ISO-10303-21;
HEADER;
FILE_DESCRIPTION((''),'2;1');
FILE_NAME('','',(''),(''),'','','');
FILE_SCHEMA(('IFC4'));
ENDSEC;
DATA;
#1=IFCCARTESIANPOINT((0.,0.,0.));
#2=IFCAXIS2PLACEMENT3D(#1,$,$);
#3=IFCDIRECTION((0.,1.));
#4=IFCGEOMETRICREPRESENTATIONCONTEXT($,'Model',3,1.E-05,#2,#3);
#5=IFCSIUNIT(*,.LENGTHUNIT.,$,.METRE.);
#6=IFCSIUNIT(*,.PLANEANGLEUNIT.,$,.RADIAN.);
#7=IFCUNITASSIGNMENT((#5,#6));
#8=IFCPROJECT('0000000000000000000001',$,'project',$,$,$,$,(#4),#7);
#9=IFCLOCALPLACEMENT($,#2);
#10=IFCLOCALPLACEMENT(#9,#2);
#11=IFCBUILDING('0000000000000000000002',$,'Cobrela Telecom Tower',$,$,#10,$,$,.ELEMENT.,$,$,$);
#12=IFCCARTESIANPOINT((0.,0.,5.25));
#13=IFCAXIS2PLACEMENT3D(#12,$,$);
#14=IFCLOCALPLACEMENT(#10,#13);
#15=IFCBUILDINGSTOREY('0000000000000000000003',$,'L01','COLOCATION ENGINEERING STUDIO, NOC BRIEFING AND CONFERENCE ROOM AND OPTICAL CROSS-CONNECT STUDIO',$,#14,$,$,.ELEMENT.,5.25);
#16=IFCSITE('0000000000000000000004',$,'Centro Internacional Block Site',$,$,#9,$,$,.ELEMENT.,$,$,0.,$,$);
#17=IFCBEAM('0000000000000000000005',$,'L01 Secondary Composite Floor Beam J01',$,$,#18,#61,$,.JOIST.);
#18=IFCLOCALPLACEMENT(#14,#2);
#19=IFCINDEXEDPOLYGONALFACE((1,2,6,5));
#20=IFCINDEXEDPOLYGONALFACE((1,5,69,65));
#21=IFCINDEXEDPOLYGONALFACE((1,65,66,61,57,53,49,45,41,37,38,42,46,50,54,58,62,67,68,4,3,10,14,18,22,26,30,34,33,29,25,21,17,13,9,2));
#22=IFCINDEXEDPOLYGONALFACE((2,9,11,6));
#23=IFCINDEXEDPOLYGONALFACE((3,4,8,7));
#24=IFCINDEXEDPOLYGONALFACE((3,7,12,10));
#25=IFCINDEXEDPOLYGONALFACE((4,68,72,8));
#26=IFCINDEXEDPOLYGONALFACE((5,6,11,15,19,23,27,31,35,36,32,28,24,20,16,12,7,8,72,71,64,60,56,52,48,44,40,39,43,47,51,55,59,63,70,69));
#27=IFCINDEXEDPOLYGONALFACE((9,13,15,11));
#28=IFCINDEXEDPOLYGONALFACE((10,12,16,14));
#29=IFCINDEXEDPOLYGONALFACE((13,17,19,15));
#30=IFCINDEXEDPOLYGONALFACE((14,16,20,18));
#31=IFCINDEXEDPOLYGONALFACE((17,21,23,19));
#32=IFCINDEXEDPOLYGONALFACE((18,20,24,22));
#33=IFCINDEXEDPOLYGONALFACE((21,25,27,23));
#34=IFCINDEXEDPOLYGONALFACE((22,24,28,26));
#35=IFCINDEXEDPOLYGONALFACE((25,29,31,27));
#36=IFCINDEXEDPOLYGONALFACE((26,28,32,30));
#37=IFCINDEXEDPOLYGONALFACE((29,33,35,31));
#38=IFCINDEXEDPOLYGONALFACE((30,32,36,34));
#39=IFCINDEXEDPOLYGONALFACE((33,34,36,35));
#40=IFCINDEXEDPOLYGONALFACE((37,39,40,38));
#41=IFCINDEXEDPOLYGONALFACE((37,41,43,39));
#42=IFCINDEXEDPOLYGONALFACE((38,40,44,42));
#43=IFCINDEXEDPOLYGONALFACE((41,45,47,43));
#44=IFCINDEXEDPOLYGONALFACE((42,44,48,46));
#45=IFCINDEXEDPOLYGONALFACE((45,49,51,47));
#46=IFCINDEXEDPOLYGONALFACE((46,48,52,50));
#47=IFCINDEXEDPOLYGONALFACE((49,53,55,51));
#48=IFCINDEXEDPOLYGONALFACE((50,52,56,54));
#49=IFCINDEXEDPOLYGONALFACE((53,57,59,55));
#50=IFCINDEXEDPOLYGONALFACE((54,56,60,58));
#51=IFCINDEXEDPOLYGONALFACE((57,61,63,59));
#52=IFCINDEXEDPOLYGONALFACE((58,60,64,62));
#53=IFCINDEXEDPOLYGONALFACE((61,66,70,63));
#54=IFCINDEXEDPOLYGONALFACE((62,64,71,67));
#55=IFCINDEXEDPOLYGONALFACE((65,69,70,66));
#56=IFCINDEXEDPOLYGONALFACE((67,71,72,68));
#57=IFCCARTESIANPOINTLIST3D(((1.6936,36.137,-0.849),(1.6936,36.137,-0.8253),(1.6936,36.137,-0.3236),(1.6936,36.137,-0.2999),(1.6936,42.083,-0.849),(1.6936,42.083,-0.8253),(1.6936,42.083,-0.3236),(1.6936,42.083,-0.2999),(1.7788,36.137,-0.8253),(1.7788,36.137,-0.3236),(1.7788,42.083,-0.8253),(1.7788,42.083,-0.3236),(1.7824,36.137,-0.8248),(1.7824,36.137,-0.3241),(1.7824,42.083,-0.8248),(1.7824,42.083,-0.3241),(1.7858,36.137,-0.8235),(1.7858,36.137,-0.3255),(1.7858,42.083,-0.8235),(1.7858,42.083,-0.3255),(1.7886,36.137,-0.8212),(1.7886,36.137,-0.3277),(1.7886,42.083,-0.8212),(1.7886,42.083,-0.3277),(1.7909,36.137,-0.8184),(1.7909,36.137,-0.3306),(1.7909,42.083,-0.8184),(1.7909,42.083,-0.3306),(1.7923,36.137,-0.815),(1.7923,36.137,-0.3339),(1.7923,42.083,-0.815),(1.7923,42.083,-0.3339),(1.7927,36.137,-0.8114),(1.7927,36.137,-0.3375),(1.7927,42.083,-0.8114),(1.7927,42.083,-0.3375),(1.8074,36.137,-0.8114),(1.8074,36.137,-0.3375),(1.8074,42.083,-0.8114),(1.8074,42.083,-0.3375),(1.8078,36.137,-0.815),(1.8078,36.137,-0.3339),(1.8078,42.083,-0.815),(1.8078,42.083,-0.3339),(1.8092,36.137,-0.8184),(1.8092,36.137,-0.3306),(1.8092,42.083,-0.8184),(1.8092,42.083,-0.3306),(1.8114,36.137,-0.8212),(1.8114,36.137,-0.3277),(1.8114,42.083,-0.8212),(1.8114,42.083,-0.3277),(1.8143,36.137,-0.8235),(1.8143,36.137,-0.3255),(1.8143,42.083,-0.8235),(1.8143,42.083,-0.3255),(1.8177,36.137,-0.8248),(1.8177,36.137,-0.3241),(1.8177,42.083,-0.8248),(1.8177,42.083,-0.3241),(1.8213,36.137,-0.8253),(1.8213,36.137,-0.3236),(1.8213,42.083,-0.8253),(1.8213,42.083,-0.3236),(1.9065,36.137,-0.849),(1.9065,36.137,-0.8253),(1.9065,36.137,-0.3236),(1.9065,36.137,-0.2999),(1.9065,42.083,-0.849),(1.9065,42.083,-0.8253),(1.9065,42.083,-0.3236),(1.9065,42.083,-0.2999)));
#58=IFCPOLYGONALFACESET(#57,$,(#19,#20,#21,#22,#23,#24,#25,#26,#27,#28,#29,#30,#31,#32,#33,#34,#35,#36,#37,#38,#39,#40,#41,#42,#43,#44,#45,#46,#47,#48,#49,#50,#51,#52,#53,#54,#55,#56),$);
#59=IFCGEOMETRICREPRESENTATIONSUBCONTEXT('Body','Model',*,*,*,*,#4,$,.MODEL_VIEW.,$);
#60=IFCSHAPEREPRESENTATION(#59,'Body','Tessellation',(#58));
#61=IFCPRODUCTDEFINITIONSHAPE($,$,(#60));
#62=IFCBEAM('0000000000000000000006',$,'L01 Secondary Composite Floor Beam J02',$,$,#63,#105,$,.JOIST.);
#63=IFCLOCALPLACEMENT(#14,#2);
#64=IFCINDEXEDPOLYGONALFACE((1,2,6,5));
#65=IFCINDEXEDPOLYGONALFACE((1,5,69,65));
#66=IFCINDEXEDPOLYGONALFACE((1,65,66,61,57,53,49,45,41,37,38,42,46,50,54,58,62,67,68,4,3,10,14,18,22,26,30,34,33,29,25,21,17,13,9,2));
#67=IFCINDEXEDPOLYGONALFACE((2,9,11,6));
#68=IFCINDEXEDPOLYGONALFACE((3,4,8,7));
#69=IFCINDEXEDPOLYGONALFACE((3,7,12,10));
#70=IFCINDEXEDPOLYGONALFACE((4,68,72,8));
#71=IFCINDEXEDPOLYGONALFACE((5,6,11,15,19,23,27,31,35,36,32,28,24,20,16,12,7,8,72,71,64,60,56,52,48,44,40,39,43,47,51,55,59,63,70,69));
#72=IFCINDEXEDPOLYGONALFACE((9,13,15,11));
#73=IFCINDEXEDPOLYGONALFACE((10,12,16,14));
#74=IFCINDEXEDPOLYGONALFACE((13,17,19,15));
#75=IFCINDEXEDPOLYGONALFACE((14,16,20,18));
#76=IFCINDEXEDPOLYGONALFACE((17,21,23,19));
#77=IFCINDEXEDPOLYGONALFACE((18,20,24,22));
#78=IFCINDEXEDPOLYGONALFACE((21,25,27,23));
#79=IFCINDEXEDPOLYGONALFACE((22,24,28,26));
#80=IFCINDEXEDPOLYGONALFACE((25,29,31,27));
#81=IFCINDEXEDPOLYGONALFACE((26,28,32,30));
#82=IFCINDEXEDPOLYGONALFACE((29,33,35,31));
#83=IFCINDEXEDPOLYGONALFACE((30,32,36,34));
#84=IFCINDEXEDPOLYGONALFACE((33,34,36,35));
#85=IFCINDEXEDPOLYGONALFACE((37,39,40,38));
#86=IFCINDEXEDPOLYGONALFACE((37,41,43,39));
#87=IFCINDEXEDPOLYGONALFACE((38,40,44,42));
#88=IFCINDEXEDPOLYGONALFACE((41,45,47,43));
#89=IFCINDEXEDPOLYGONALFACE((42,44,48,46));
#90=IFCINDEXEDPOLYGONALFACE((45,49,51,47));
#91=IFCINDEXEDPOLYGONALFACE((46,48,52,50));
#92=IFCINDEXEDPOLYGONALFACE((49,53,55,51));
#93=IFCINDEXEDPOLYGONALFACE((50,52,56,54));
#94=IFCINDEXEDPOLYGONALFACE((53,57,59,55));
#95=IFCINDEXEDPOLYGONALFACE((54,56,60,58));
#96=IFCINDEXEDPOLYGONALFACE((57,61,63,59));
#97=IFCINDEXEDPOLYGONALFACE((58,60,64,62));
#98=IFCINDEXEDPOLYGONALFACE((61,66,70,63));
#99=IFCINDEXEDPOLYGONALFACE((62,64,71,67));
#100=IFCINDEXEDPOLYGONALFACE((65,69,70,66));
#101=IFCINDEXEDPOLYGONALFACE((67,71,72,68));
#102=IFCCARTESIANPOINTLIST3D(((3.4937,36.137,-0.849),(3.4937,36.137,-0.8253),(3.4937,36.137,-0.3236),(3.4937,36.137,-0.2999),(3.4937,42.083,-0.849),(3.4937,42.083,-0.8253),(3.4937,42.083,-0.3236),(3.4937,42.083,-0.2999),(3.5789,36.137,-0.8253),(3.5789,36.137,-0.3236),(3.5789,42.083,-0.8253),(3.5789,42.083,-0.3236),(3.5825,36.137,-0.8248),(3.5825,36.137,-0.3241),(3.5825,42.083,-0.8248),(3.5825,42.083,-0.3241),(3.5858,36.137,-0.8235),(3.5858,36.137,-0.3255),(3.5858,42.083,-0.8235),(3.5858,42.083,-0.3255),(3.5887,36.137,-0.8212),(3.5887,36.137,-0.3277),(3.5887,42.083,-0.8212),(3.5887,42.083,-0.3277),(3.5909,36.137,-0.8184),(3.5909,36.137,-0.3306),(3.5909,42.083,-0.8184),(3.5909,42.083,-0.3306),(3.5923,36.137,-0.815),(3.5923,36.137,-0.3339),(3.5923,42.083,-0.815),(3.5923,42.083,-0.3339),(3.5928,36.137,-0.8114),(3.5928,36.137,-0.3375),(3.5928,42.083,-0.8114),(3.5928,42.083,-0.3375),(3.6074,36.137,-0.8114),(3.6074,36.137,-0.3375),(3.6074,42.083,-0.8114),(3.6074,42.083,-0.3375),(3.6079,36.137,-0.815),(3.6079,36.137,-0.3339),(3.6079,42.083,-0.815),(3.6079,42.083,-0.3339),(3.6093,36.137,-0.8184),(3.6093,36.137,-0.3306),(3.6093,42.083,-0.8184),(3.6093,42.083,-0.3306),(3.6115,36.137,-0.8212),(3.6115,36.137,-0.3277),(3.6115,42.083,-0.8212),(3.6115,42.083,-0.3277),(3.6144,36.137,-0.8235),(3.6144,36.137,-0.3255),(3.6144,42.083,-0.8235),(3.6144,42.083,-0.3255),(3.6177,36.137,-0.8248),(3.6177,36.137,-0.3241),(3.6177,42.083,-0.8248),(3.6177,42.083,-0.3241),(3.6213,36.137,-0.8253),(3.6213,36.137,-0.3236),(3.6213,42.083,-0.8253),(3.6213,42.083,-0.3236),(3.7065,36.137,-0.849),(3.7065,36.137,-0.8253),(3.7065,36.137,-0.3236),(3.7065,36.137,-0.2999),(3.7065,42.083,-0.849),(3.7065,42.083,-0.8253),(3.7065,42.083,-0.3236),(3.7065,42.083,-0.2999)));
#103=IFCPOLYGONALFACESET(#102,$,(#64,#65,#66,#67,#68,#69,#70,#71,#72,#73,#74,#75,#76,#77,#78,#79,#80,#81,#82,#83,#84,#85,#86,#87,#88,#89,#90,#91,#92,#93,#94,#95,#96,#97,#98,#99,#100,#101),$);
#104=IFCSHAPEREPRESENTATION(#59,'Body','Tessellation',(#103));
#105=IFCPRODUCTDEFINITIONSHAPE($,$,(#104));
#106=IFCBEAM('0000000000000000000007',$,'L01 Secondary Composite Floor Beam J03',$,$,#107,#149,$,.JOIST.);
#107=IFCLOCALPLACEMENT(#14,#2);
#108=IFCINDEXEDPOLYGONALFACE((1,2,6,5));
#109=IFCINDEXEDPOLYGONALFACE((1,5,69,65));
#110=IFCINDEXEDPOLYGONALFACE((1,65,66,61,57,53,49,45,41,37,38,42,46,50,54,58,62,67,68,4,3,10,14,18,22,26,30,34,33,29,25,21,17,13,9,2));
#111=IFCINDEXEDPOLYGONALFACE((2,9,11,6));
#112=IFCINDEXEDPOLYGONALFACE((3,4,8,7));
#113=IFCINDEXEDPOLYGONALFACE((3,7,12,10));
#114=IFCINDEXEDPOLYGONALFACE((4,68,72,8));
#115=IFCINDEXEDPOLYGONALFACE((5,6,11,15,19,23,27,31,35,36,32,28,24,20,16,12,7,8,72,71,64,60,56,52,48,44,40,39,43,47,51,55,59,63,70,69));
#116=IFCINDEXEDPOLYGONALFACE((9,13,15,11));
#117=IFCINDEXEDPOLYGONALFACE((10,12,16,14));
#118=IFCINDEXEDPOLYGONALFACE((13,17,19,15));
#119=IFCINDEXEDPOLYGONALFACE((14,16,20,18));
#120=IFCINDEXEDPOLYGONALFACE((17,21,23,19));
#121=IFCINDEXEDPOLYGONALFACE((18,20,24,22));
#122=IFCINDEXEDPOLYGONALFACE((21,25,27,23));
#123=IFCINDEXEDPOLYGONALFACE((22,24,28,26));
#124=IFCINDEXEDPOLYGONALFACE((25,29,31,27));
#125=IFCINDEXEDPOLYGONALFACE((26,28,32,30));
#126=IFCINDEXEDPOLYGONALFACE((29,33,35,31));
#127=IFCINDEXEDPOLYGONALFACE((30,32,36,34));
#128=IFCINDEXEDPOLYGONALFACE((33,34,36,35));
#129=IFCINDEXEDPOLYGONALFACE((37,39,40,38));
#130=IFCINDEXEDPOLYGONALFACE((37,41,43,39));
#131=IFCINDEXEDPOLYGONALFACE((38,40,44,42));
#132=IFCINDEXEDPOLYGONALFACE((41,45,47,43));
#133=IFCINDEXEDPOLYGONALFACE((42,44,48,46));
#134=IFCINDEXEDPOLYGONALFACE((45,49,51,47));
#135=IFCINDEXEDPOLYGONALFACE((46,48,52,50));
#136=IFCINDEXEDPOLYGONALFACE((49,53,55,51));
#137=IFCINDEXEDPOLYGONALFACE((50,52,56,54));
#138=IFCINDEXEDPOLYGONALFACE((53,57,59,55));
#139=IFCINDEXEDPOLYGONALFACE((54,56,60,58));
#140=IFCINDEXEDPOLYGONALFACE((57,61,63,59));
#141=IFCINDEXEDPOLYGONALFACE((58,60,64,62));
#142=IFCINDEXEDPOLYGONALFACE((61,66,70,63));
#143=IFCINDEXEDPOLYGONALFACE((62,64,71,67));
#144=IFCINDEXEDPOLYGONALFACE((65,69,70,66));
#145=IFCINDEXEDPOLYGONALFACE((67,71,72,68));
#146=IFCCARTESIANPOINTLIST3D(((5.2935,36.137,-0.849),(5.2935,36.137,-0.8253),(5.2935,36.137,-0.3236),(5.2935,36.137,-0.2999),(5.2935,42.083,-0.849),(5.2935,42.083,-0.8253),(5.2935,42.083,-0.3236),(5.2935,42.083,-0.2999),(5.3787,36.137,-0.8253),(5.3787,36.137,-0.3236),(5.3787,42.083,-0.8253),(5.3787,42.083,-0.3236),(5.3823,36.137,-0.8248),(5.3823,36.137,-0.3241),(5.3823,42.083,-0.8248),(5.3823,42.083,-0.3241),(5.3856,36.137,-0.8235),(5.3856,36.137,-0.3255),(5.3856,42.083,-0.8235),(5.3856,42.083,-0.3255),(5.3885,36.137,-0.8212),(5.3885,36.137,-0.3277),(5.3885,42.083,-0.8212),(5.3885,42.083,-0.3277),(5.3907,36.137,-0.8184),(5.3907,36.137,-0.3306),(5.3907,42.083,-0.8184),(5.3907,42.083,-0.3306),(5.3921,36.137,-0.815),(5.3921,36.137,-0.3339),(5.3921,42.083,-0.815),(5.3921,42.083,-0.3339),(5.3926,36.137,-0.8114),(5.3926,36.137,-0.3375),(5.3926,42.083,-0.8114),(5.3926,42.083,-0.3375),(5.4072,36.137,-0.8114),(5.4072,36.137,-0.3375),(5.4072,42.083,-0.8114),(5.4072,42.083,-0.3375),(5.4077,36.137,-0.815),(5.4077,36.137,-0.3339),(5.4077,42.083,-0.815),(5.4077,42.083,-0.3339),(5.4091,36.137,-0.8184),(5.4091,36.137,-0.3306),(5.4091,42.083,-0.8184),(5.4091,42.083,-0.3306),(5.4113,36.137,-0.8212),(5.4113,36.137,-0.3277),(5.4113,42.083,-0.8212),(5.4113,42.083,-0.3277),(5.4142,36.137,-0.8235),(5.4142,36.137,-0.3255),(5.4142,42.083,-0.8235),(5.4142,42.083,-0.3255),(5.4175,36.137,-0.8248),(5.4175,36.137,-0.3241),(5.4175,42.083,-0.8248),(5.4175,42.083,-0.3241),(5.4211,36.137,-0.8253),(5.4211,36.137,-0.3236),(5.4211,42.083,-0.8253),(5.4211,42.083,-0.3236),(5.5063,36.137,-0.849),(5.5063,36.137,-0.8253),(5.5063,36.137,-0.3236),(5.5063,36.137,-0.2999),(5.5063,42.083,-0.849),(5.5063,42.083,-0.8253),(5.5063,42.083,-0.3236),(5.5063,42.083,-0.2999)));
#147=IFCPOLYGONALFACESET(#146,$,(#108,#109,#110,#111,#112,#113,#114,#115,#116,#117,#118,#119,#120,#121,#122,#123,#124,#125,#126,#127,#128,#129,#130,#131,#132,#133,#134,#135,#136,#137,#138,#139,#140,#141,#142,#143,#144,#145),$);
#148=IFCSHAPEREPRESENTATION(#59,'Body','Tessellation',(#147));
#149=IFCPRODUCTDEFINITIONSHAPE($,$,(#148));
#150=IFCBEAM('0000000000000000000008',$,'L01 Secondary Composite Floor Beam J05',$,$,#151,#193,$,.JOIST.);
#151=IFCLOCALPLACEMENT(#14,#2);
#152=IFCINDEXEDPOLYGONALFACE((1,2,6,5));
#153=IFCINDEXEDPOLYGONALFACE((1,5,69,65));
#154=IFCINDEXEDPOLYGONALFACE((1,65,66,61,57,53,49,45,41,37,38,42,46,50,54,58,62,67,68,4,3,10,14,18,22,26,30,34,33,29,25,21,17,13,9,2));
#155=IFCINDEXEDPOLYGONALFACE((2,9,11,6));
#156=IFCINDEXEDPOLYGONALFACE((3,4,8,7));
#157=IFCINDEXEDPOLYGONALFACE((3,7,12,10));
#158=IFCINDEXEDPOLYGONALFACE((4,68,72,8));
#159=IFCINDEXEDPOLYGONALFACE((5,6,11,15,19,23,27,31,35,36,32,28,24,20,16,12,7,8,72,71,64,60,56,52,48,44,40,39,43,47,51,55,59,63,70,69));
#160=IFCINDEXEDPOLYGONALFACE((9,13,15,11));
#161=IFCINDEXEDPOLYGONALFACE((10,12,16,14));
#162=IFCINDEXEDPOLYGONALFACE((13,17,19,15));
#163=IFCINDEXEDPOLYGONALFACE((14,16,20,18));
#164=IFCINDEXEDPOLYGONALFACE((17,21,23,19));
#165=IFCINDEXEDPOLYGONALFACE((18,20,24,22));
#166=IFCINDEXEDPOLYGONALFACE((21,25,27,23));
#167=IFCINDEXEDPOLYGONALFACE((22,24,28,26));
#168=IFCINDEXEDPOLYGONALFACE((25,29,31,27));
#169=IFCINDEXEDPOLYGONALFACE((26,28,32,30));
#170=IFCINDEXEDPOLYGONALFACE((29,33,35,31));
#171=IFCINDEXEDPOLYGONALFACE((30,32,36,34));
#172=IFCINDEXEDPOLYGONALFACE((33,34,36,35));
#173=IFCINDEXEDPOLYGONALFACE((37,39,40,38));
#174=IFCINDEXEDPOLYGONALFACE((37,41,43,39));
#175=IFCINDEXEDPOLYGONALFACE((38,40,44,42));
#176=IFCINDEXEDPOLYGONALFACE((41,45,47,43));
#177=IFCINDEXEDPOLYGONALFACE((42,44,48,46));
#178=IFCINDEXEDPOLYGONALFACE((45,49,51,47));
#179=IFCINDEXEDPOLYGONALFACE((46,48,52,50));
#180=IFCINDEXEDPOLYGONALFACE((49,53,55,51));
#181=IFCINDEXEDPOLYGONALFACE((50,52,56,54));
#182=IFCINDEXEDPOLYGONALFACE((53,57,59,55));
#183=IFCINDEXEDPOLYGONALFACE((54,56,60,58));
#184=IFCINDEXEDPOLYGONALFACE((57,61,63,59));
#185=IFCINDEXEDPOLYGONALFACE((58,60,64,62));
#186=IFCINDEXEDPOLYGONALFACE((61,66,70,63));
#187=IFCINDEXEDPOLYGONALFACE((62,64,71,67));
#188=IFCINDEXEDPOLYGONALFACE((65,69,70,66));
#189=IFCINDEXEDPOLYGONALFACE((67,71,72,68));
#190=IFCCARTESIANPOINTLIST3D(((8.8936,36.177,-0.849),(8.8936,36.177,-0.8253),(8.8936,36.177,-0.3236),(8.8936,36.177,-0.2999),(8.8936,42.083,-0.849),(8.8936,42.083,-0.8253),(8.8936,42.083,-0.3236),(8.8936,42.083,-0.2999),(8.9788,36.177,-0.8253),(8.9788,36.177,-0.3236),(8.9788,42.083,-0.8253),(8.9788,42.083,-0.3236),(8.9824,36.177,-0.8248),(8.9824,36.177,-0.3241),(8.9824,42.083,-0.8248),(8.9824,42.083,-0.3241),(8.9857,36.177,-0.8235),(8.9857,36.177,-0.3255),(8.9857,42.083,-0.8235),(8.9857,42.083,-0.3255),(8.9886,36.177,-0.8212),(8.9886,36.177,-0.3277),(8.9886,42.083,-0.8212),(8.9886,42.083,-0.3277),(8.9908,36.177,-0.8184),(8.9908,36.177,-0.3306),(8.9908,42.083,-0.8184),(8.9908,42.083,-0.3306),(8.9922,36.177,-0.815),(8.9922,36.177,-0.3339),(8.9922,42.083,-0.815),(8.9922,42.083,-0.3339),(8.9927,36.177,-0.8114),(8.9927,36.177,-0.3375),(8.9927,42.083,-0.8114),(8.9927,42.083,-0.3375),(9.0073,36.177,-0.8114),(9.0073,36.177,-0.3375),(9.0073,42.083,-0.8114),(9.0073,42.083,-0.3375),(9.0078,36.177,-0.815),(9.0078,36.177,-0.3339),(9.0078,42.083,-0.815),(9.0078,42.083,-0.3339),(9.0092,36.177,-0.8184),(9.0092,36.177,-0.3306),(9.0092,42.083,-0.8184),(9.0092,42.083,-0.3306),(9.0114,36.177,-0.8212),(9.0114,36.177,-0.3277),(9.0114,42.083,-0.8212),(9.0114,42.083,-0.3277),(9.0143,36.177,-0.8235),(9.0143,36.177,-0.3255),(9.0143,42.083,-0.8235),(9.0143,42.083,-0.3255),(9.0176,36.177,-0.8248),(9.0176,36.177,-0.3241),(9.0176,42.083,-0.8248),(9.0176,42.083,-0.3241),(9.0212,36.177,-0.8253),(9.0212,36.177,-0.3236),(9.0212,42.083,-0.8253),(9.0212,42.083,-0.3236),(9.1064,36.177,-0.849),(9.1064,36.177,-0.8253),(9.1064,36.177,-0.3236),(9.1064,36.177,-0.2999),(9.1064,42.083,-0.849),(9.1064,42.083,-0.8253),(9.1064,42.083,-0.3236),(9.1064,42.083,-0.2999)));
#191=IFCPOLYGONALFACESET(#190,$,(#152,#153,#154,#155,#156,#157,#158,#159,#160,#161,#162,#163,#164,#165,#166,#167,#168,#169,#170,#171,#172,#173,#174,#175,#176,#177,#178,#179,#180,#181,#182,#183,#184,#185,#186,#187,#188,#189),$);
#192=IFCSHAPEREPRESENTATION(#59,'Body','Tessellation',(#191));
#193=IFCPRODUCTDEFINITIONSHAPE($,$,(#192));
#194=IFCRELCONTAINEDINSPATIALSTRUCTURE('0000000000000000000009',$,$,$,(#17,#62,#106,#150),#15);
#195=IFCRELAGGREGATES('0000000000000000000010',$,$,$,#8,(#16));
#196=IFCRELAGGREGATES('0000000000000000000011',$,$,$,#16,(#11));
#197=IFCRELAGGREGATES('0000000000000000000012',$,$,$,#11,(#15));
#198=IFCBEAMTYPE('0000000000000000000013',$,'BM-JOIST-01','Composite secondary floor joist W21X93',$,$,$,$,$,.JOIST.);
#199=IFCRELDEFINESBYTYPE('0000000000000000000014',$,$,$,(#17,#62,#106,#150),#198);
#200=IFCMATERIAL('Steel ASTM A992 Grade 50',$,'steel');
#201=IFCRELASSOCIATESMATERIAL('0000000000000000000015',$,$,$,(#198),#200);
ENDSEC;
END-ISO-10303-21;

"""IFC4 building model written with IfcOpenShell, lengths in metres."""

from ifc_helpers import new_model, si_unit, direction, frame, origin, origin_2d, place, context, subcontext, project, spatial, i_section, extrude, material, material_profile, profile_set, type_object, element, save


model = new_model("IFC4")

# Units and contexts
model_context = context("Model", 3, precision=1e-05, world=origin(), true_north=direction((0.0, 1.0)))
body_context = subcontext(model_context, "Body", "Model", "MODEL_VIEW")
ifc_project = project(units=[si_unit("LENGTHUNIT", "METRE"), si_unit("PLANEANGLEUNIT", "RADIAN")], contexts=[model_context])

# Site, building, storey
site_placement = place(None, origin())
site = spatial("IfcSite", under=ifc_project, at=site_placement, Name="Centro Internacional Block Site", CompositionType="ELEMENT", RefElevation=0.0)
building_placement = place(site_placement, origin())
building = spatial("IfcBuilding", under=site, at=building_placement, Name="Cobrela Telecom Tower", CompositionType="ELEMENT")
storey_placement = place(building_placement, frame((0.0, 0.0, 5.25)))
storey = spatial("IfcBuildingStorey", under=building, at=storey_placement, Name="L01", Description="COLOCATION ENGINEERING STUDIO, NOC BRIEFING AND CONFERENCE ROOM AND OPTICAL CROSS-CONNECT STUDIO", CompositionType="ELEMENT", Elevation=5.25)

# Beams
ifc_material_1 = material(Name="Steel ASTM A992 Grade 50", Category="steel")
ifc_material_profile_1 = material_profile(ifc_material_1, i_section(OverallWidth=0.2129, OverallDepth=0.5491, WebThickness=0.0146, FlangeThickness=0.0237, FilletRadius=0.0139, at=origin_2d()), Name="W21X93")
ifc_profile_set_1 = profile_set([ifc_material_profile_1], Name="Steel ASTM A992 Grade 50")
beam_type_1 = type_object("IfcBeamType", Name="BM-JOIST-01", Description="Composite secondary floor joist W21X93", PredefinedType="JOIST", material=ifc_profile_set_1)
for number, where, z_axis, x_axis, name in (
    (1, (1.8, 36.137, -0.5745), (0.0, 1.0, 0.0), (-1.0, 0.0, 0.0), "L01 Secondary Composite Floor Beam J01"),
    (2, (3.6001, 36.137, -0.5745), (0.0, 1.0, 0.0), (-1.0, 0.0, 0.0), "L01 Secondary Composite Floor Beam J02"),
    (3, (5.3999, 36.137, -0.5745), (0.0, 1.0, 0.0), (-1.0, 0.0, 0.0), "L01 Secondary Composite Floor Beam J03"),
):
    element("IfcBeam", number, at=place(storey_placement, frame(where, z_axis=z_axis, x_axis=x_axis)), inside=storey, type_object=beam_type_1, Name=name, PredefinedType="JOIST", context=body_context, shape_type="SweptSolid", body=[
        extrude(i_section(OverallWidth=0.2129, OverallDepth=0.5491, WebThickness=0.0146, FlangeThickness=0.0237, FilletRadius=0.0139, at=origin_2d()), origin(), (0.0, 0.0, 1.0), 5.946),
    ])
beam_1_placement = place(storey_placement, frame((9.0, 36.177, -0.5745), z_axis=(0.0, 1.0, 0.0), x_axis=(-1.0, 0.0, 0.0)))
element("IfcBeam", 4, at=beam_1_placement, inside=storey, type_object=beam_type_1, Name="L01 Secondary Composite Floor Beam J05", PredefinedType="JOIST", context=body_context, shape_type="SweptSolid", body=[
    extrude(i_section(OverallWidth=0.2129, OverallDepth=0.5491, WebThickness=0.0146, FlangeThickness=0.0237, FilletRadius=0.0139, at=origin_2d()), origin(), (0.0, 0.0, 1.0), 5.906),
])

save(model, "model.ifc")
